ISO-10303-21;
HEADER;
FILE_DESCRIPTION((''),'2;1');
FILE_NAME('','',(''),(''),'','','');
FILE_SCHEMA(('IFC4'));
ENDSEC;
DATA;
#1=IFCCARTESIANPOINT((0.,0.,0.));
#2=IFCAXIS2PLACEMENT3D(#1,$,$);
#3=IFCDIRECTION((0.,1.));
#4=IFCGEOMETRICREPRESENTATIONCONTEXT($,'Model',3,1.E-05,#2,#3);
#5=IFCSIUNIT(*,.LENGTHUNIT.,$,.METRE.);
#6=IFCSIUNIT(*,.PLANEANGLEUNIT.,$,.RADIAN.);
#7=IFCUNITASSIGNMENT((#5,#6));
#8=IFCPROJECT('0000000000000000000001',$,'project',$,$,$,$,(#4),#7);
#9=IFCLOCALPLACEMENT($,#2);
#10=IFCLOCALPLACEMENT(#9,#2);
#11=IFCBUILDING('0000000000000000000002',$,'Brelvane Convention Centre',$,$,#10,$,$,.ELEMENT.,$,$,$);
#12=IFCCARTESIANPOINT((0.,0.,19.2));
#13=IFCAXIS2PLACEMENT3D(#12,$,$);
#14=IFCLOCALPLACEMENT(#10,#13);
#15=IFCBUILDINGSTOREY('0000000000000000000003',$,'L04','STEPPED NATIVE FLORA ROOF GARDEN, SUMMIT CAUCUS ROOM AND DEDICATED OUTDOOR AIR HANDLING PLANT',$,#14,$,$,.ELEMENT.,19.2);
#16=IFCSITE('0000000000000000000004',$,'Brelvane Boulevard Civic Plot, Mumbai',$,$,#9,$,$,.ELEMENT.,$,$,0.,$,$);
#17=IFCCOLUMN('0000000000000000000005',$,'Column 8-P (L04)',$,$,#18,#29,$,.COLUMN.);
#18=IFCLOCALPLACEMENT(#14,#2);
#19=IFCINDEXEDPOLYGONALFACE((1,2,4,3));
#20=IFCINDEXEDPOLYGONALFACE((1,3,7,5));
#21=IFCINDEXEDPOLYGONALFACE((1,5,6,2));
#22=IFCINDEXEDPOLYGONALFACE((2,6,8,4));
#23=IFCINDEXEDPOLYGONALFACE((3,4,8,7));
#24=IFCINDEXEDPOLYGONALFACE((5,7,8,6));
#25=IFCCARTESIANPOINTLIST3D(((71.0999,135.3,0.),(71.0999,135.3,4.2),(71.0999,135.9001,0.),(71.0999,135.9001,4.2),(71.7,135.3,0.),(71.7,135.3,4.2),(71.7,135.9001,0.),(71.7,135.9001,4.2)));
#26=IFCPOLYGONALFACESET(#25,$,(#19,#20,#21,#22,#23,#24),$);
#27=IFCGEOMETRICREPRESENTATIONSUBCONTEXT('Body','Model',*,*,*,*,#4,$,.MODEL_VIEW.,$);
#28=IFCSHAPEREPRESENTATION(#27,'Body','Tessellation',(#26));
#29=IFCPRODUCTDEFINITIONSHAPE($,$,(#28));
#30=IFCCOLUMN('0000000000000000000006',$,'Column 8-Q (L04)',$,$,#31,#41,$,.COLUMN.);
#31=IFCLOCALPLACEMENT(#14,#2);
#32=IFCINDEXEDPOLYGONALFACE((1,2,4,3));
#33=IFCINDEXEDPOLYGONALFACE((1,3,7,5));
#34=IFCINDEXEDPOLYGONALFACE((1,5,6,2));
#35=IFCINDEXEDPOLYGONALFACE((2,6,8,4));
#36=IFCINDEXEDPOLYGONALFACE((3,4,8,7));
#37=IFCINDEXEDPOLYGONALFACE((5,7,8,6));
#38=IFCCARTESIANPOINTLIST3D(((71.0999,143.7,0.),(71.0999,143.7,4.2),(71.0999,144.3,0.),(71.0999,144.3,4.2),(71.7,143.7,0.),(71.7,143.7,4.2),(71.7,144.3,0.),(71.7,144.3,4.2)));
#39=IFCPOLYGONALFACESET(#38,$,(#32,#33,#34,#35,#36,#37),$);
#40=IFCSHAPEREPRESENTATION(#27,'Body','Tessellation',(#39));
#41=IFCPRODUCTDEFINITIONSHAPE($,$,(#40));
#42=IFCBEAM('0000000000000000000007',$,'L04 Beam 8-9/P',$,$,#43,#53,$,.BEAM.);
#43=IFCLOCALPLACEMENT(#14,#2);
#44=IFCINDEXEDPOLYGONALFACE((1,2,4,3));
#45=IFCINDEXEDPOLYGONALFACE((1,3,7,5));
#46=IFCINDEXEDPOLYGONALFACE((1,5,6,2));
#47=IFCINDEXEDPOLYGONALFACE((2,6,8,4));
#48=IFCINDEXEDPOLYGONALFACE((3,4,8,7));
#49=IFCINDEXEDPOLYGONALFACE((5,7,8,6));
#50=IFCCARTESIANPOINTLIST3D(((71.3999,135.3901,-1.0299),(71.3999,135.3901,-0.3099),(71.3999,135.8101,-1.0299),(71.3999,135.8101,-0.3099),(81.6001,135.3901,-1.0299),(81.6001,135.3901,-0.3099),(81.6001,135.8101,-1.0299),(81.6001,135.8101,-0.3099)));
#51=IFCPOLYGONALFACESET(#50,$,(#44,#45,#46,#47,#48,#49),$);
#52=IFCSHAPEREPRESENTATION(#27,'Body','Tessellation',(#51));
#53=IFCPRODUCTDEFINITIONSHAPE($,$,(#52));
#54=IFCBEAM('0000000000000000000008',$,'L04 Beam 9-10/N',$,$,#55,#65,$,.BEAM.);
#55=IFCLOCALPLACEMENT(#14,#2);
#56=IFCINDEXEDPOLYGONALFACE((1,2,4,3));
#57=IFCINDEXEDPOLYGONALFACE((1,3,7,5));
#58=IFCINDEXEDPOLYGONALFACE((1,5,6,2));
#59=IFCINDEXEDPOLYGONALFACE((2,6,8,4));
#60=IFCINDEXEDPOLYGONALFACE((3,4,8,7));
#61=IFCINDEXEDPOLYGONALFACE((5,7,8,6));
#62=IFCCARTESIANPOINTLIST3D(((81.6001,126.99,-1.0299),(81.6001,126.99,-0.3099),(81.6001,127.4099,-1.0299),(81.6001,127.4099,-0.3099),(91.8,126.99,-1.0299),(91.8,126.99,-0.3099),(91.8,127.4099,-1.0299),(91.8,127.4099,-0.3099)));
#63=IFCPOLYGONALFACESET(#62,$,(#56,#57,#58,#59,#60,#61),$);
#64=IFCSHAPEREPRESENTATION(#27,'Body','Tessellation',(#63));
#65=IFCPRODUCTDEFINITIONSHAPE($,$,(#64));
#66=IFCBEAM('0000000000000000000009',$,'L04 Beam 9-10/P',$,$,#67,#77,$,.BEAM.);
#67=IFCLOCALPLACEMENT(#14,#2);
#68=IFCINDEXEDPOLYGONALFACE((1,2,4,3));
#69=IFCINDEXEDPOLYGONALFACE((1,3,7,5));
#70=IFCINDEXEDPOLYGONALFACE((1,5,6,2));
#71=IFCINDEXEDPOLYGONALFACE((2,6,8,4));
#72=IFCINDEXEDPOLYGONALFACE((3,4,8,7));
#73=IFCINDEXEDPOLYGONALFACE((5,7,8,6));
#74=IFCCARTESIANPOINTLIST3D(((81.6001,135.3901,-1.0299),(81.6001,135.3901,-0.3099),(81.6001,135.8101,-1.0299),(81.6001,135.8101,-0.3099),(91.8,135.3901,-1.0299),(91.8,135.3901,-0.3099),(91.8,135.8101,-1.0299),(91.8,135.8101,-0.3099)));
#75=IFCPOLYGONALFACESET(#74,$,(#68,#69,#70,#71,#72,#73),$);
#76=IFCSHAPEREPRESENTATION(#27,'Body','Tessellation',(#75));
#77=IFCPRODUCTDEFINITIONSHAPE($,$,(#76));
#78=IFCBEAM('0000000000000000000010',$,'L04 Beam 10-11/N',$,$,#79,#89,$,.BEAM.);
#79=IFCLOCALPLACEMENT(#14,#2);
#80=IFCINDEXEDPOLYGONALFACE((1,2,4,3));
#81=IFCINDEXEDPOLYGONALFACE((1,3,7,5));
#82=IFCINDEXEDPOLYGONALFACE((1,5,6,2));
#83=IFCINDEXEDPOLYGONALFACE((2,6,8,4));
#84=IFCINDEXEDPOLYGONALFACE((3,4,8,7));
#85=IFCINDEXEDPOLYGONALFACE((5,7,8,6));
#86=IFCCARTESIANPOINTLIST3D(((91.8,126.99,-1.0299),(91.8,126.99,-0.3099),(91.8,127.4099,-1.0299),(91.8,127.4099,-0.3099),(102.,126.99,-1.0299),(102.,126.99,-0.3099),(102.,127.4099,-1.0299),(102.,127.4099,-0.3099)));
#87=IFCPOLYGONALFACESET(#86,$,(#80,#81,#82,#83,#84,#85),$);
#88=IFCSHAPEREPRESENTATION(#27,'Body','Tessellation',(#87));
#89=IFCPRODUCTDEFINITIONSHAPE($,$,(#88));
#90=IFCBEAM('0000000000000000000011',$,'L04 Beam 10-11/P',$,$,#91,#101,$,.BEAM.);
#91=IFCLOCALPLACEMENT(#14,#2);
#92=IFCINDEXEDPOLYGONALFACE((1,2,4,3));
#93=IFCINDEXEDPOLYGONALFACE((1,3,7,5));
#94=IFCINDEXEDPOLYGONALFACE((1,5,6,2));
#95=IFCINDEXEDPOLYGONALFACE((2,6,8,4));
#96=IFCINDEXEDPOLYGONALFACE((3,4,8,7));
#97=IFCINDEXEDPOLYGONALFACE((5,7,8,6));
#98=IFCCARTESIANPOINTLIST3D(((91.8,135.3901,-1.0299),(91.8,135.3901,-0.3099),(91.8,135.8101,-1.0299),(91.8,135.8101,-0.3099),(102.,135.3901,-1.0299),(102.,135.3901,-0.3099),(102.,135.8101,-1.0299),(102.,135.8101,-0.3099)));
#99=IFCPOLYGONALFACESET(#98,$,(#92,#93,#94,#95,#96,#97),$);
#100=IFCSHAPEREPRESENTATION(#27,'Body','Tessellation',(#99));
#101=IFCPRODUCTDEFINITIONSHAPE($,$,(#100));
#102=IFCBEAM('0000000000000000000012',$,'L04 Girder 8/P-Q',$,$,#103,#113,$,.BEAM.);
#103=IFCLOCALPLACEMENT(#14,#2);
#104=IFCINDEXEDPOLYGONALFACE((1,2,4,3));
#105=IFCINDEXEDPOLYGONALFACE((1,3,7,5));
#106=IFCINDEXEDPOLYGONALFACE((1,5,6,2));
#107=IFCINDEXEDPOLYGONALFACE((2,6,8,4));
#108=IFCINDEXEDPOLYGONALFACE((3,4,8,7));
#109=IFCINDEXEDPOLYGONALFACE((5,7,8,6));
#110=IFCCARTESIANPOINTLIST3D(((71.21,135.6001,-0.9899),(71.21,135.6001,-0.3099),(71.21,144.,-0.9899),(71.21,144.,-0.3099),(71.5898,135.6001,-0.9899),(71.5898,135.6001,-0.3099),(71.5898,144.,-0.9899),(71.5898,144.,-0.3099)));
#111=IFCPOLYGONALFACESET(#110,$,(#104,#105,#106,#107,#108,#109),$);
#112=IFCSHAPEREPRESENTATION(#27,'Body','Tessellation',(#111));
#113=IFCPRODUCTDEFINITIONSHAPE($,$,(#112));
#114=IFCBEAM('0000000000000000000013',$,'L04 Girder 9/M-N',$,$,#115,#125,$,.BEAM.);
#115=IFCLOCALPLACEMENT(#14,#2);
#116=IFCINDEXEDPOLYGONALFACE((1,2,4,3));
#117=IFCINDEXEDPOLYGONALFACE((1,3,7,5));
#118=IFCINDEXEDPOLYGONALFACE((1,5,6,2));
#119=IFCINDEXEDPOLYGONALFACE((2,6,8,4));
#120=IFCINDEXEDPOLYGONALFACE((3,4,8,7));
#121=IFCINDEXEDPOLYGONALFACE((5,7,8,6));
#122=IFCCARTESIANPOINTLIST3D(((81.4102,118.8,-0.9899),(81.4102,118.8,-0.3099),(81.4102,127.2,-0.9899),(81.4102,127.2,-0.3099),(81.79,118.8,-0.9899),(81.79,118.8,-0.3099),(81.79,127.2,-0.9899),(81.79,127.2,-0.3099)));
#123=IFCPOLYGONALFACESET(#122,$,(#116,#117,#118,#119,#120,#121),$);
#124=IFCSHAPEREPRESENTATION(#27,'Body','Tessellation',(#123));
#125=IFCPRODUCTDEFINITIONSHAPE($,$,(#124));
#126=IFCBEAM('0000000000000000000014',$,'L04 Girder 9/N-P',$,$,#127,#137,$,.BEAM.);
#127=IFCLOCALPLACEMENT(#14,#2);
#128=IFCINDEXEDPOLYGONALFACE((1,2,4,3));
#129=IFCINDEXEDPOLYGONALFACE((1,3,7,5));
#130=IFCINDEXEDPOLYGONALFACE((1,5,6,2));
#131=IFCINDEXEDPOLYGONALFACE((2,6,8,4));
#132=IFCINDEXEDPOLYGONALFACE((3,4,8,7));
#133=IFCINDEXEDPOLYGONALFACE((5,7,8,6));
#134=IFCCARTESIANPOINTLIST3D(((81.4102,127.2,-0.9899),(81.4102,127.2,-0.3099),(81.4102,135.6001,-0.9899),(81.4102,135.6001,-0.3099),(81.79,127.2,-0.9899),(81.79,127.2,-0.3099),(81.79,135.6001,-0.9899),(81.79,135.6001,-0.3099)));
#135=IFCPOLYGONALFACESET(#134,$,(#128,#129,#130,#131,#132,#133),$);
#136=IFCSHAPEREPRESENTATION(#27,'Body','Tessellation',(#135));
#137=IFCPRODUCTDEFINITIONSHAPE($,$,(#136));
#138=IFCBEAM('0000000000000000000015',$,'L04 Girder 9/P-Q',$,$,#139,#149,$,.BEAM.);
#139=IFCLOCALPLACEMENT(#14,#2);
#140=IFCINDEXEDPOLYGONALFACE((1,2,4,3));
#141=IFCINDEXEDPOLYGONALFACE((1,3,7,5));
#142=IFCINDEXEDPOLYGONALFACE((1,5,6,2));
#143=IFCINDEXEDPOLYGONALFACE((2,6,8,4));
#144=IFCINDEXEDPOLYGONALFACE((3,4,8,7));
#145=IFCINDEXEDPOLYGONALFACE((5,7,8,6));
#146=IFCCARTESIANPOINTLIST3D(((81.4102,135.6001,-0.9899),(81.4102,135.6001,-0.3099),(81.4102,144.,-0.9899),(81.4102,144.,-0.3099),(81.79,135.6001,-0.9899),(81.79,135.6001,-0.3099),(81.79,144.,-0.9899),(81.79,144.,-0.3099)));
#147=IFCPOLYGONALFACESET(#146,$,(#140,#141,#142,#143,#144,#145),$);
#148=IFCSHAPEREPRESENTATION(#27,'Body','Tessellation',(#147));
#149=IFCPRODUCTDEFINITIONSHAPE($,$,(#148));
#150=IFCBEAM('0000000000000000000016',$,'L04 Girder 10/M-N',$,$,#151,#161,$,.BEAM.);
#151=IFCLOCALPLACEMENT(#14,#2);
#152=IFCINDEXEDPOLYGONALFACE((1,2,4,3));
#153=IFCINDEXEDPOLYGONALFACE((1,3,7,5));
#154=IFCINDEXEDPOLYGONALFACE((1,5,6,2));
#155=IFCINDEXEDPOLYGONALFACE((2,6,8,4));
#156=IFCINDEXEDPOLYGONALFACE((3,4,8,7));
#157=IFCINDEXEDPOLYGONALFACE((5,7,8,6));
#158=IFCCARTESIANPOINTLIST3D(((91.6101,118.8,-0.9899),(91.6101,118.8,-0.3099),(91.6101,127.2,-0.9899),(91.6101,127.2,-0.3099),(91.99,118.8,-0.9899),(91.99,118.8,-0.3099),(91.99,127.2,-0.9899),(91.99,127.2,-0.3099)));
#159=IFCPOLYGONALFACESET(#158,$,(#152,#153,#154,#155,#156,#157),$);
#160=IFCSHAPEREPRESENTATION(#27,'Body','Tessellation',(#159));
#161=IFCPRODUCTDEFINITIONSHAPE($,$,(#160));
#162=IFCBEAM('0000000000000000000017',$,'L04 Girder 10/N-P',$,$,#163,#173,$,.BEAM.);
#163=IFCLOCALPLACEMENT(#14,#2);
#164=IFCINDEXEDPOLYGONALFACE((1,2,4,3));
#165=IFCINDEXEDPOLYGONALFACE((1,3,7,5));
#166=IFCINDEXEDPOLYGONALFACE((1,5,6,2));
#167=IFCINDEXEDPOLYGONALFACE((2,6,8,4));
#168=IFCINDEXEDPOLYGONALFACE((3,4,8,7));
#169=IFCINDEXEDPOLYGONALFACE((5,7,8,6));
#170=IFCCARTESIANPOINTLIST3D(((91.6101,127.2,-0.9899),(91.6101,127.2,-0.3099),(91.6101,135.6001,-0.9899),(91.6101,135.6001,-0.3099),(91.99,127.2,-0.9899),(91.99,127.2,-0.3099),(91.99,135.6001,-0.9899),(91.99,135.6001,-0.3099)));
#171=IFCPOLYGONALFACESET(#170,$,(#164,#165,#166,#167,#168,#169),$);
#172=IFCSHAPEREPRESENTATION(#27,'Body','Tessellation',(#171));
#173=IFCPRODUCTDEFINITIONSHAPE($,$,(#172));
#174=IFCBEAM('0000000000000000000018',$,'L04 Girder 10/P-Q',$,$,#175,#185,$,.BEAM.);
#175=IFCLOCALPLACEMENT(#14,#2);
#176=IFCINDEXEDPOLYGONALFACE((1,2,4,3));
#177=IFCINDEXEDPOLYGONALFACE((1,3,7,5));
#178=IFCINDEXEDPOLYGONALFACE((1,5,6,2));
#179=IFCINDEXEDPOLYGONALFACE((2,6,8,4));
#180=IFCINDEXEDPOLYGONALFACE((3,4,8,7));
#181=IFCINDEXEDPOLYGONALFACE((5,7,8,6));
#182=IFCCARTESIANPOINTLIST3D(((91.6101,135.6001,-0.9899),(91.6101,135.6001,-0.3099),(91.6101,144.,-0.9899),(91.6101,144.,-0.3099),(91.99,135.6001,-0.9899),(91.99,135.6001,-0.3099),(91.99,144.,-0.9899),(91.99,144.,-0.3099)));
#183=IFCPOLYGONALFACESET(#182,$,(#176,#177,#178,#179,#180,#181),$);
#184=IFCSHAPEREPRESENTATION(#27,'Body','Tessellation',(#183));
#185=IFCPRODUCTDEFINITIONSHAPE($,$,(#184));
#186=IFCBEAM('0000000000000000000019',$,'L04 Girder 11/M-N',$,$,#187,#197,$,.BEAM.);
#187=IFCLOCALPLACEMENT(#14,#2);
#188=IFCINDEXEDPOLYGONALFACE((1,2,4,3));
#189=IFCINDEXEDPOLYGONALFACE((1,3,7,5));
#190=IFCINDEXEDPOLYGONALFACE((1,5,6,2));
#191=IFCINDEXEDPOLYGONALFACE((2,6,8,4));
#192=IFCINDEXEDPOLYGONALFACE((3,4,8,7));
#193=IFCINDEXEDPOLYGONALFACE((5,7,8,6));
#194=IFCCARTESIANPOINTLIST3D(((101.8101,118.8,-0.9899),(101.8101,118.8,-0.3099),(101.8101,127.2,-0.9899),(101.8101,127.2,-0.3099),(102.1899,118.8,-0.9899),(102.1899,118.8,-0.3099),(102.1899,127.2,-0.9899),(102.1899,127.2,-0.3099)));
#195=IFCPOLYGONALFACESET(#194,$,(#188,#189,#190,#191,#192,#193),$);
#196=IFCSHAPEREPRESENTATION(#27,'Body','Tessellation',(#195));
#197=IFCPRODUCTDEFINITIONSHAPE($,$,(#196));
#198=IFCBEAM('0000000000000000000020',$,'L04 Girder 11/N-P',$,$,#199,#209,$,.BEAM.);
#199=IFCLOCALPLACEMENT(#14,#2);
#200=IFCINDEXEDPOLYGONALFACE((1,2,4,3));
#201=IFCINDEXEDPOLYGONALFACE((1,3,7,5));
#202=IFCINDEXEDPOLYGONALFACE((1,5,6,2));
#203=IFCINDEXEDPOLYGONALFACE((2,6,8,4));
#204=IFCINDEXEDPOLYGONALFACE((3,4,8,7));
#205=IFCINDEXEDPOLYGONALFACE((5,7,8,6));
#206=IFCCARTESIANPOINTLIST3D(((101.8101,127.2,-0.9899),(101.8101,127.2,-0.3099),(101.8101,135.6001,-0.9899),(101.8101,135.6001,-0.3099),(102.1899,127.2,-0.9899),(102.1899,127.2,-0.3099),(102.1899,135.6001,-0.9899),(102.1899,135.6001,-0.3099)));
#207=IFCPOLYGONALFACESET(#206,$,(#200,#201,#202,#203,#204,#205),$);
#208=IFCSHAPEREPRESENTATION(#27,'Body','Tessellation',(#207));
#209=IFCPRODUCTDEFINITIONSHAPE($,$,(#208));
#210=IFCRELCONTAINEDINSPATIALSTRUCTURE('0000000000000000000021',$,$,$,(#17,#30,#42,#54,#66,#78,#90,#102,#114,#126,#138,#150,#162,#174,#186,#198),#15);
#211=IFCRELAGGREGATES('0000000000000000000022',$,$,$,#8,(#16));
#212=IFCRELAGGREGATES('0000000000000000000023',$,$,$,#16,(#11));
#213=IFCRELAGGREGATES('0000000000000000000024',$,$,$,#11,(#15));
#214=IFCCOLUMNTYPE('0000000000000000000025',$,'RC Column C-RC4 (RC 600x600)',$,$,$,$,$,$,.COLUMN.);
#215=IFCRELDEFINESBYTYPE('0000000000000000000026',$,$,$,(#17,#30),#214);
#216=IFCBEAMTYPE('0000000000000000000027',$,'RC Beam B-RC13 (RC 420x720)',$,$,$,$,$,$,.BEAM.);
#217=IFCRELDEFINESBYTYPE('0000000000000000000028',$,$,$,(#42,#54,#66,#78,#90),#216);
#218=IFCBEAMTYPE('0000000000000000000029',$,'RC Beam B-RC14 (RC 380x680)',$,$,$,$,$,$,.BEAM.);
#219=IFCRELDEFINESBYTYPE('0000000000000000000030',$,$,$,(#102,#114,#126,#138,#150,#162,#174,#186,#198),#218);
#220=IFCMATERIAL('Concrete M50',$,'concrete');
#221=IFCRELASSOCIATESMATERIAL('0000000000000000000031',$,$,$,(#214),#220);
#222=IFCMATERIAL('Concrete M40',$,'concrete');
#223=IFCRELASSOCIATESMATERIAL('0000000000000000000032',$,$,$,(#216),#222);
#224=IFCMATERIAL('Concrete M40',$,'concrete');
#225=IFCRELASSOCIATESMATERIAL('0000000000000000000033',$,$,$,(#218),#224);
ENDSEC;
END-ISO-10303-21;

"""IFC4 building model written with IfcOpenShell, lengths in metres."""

from ifc_helpers import new_model, si_unit, direction, frame, origin, origin_2d, place, context, subcontext, project, spatial, rectangle, extrude, material, material_profile, profile_set, type_object, element, save


model = new_model("IFC4")

# Units and contexts
model_context = context("Model", 3, precision=1e-05, world=origin(), true_north=direction((0.0, 1.0)))
body_context = subcontext(model_context, "Body", "Model", "MODEL_VIEW")
ifc_project = project(units=[si_unit("LENGTHUNIT", "METRE"), si_unit("PLANEANGLEUNIT", "RADIAN")], contexts=[model_context])

# Site, building, storey
site_placement = place(None, origin())
site = spatial("IfcSite", under=ifc_project, at=site_placement, Name="Brelvane Boulevard Civic Plot, Mumbai", CompositionType="ELEMENT", RefElevation=0.0)
building_placement = place(site_placement, origin())
building = spatial("IfcBuilding", under=site, at=building_placement, Name="Brelvane Convention Centre", CompositionType="ELEMENT")
storey_placement = place(building_placement, frame((0.0, 0.0, 19.2)))
storey = spatial("IfcBuildingStorey", under=building, at=storey_placement, Name="L04", Description="STEPPED NATIVE FLORA ROOF GARDEN, SUMMIT CAUCUS ROOM AND DEDICATED OUTDOOR AIR HANDLING PLANT", CompositionType="ELEMENT", Elevation=19.2)

# Columns
ifc_material_1 = material(Name="Concrete M50", Category="concrete")
ifc_material_profile_1 = material_profile(ifc_material_1, rectangle(XDim=0.6001, YDim=0.6001, at=origin_2d()), Name="RC 600x600")
ifc_profile_set_1 = profile_set([ifc_material_profile_1], Name="Concrete M50")
column_type = type_object("IfcColumnType", Name="RC Column C-RC4 (RC 600x600)", PredefinedType="COLUMN", material=ifc_profile_set_1)
for number, where, z_axis, x_axis, name in (
    (1, (71.3999, 135.6001, 0.0), (0.0, 0.0, 1.0), (1.0, 0.0, 0.0), "Column 8-P (L04)"),
    (2, (71.3999, 144.0, 0.0), (0.0, 0.0, 1.0), (1.0, 0.0, 0.0), "Column 8-Q (L04)"),
):
    element("IfcColumn", number, at=place(storey_placement, frame(where, z_axis=z_axis, x_axis=x_axis)), inside=storey, type_object=column_type, Name=name, PredefinedType="COLUMN", context=body_context, shape_type="SweptSolid", body=[
        extrude(rectangle(XDim=0.6001, YDim=0.6001, at=origin_2d()), origin(), (0.0, 0.0, 1.0), 4.2),
    ])

# Beams
ifc_material_2 = material(Name="Concrete M40", Category="concrete")
ifc_material_profile_2 = material_profile(ifc_material_2, rectangle(XDim=0.4199, YDim=0.72, at=origin_2d()), Name="RC 420x720")
ifc_profile_set_2 = profile_set([ifc_material_profile_2], Name="Concrete M40")
beam_type_1 = type_object("IfcBeamType", Name="RC Beam B-RC13 (RC 420x720)", PredefinedType="BEAM", material=ifc_profile_set_2)
beam_1_placement = place(storey_placement, frame((71.3999, 135.6001, -0.6699), z_axis=(1.0, 0.0, 0.0), x_axis=(0.0, 1.0, 0.0)))
element("IfcBeam", 3, at=beam_1_placement, inside=storey, type_object=beam_type_1, Name="L04 Beam 8-9/P", PredefinedType="BEAM", context=body_context, shape_type="SweptSolid", body=[
    extrude(rectangle(XDim=0.4199, YDim=0.72, at=origin_2d()), origin(), (0.0, 0.0, 1.0), 10.2002),
])
for number, where, z_axis, x_axis, name in (
    (4, (81.6001, 127.2, -0.6699), (1.0, 0.0, 0.0), (0.0, 1.0, 0.0), "L04 Beam 9-10/N"),
    (5, (81.6001, 135.6001, -0.6699), (1.0, 0.0, 0.0), (0.0, 1.0, 0.0), "L04 Beam 9-10/P"),
    (6, (91.8, 127.2, -0.6699), (1.0, 0.0, 0.0), (0.0, 1.0, 0.0), "L04 Beam 10-11/N"),
    (7, (91.8, 135.6001, -0.6699), (1.0, 0.0, 0.0), (0.0, 1.0, 0.0), "L04 Beam 10-11/P"),
):
    element("IfcBeam", number, at=place(storey_placement, frame(where, z_axis=z_axis, x_axis=x_axis)), inside=storey, type_object=beam_type_1, Name=name, PredefinedType="BEAM", context=body_context, shape_type="SweptSolid", body=[
        extrude(rectangle(XDim=0.4199, YDim=0.72, at=origin_2d()), origin(), (0.0, 0.0, 1.0), 10.2),
    ])
ifc_material_3 = material(Name="Concrete M40", Category="concrete")
ifc_material_profile_3 = material_profile(ifc_material_3, rectangle(XDim=0.3799, YDim=0.6799, at=origin_2d()), Name="RC 380x680")
ifc_profile_set_3 = profile_set([ifc_material_profile_3], Name="Concrete M40")
beam_type_2 = type_object("IfcBeamType", Name="RC Beam B-RC14 (RC 380x680)", PredefinedType="BEAM", material=ifc_profile_set_3)
for number, where, z_axis, x_axis, name in (
    (8, (71.3999, 135.6001, -0.6499), (0.0, 1.0, 0.0), (-1.0, 0.0, 0.0), "L04 Girder 8/P-Q"),
    (9, (81.6001, 118.8, -0.6499), (0.0, 1.0, 0.0), (-1.0, 0.0, 0.0), "L04 Girder 9/M-N"),
):
    element("IfcBeam", number, at=place(storey_placement, frame(where, z_axis=z_axis, x_axis=x_axis)), inside=storey, type_object=beam_type_2, Name=name, PredefinedType="BEAM", context=body_context, shape_type="SweptSolid", body=[
        extrude(rectangle(XDim=0.3799, YDim=0.6799, at=origin_2d()), origin(), (0.0, 0.0, 1.0), 8.3999),
    ])
beam_2_placement = place(storey_placement, frame((81.6001, 127.2, -0.6499), z_axis=(0.0, 1.0, 0.0), x_axis=(-1.0, 0.0, 0.0)))
element("IfcBeam", 10, at=beam_2_placement, inside=storey, type_object=beam_type_2, Name="L04 Girder 9/N-P", PredefinedType="BEAM", context=body_context, shape_type="SweptSolid", body=[
    extrude(rectangle(XDim=0.3799, YDim=0.6799, at=origin_2d()), origin(), (0.0, 0.0, 1.0), 8.4001),
])
for number, where, z_axis, x_axis, name in (
    (11, (81.6001, 135.6001, -0.6499), (0.0, 1.0, 0.0), (-1.0, 0.0, 0.0), "L04 Girder 9/P-Q"),
    (12, (91.8, 118.8, -0.6499), (0.0, 1.0, 0.0), (-1.0, 0.0, 0.0), "L04 Girder 10/M-N"),
):
    element("IfcBeam", number, at=place(storey_placement, frame(where, z_axis=z_axis, x_axis=x_axis)), inside=storey, type_object=beam_type_2, Name=name, PredefinedType="BEAM", context=body_context, shape_type="SweptSolid", body=[
        extrude(rectangle(XDim=0.3799, YDim=0.6799, at=origin_2d()), origin(), (0.0, 0.0, 1.0), 8.3999),
    ])
beam_3_placement = place(storey_placement, frame((91.8, 127.2, -0.6499), z_axis=(0.0, 1.0, 0.0), x_axis=(-1.0, 0.0, 0.0)))
element("IfcBeam", 13, at=beam_3_placement, inside=storey, type_object=beam_type_2, Name="L04 Girder 10/N-P", PredefinedType="BEAM", context=body_context, shape_type="SweptSolid", body=[
    extrude(rectangle(XDim=0.3799, YDim=0.6799, at=origin_2d()), origin(), (0.0, 0.0, 1.0), 8.4001),
])
for number, where, z_axis, x_axis, name in (
    (14, (91.8, 135.6001, -0.6499), (0.0, 1.0, 0.0), (-1.0, 0.0, 0.0), "L04 Girder 10/P-Q"),
    (15, (102.0, 118.8, -0.6499), (0.0, 1.0, 0.0), (-1.0, 0.0, 0.0), "L04 Girder 11/M-N"),
):
    element("IfcBeam", number, at=place(storey_placement, frame(where, z_axis=z_axis, x_axis=x_axis)), inside=storey, type_object=beam_type_2, Name=name, PredefinedType="BEAM", context=body_context, shape_type="SweptSolid", body=[
        extrude(rectangle(XDim=0.3799, YDim=0.6799, at=origin_2d()), origin(), (0.0, 0.0, 1.0), 8.3999),
    ])
beam_4_placement = place(storey_placement, frame((102.0, 127.2, -0.6499), z_axis=(0.0, 1.0, 0.0), x_axis=(-1.0, 0.0, 0.0)))
element("IfcBeam", 16, at=beam_4_placement, inside=storey, type_object=beam_type_2, Name="L04 Girder 11/N-P", PredefinedType="BEAM", context=body_context, shape_type="SweptSolid", body=[
    extrude(rectangle(XDim=0.3799, YDim=0.6799, at=origin_2d()), origin(), (0.0, 0.0, 1.0), 8.4001),
])

save(model, "model.ifc")
